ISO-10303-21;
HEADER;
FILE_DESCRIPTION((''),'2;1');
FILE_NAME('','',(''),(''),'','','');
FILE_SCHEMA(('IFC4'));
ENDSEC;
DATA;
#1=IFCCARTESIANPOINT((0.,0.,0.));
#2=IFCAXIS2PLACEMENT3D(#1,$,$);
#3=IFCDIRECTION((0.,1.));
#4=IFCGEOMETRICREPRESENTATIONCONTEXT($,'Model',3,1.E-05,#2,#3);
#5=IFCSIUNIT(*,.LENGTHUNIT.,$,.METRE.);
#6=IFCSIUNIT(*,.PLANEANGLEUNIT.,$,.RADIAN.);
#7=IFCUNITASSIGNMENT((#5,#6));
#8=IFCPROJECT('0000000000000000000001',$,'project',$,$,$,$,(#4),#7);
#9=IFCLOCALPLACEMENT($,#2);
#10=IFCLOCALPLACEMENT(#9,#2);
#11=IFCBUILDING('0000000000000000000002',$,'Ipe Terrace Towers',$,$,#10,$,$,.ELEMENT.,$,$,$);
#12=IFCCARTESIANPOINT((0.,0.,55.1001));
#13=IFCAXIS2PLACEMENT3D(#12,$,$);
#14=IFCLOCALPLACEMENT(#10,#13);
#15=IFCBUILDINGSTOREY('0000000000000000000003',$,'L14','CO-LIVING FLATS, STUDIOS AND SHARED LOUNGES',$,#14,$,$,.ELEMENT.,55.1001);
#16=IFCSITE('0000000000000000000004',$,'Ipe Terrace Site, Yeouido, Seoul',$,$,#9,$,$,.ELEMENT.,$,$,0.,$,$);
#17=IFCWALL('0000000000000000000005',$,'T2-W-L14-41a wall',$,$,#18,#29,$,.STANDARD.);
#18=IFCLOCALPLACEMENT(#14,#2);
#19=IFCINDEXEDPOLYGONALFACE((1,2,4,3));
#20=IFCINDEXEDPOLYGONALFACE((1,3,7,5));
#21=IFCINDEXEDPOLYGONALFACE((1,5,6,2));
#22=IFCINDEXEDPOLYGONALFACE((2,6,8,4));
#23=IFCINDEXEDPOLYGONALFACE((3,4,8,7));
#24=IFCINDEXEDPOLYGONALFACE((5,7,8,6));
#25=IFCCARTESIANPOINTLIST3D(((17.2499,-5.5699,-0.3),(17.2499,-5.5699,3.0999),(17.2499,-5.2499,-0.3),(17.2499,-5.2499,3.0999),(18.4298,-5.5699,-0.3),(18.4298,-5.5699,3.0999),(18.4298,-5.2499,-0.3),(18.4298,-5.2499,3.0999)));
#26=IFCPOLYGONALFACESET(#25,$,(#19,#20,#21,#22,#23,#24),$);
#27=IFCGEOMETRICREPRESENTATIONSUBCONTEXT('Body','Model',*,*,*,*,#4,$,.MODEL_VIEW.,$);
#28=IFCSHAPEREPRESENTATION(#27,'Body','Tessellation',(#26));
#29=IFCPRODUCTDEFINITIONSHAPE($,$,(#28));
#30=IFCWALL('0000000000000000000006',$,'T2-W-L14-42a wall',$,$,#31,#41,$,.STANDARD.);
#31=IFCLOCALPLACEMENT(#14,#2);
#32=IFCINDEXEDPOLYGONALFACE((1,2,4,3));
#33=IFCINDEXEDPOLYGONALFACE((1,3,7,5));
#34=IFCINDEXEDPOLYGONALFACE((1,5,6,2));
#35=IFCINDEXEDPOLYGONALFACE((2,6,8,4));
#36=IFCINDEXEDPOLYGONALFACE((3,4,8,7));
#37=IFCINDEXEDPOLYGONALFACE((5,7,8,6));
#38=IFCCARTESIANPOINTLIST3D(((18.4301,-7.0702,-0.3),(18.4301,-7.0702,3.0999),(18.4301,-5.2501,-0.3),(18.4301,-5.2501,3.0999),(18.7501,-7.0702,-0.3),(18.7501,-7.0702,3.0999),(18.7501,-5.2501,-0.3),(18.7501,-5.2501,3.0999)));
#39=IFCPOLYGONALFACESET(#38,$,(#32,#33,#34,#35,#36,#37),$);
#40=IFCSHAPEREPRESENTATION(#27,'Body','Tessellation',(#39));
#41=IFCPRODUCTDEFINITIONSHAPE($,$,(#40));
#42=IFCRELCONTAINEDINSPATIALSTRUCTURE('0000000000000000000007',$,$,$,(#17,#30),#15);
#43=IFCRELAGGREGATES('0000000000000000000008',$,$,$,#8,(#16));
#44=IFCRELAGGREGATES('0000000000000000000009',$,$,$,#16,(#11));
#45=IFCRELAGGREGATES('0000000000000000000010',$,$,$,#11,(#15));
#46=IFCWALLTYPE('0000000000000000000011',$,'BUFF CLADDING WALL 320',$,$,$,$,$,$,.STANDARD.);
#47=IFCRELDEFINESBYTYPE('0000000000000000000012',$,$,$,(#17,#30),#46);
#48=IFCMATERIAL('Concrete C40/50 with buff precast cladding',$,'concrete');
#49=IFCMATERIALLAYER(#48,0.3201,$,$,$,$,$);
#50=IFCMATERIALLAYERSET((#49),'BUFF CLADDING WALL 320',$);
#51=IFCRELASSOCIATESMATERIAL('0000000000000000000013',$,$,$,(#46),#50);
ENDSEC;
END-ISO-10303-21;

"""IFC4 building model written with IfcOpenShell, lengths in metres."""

from ifc_helpers import new_model, si_unit, direction, frame, frame_2d, origin, place, context, subcontext, project, spatial, rectangle, extrude, material, layer, layer_set, type_object, element, save


model = new_model("IFC4")

# Units and contexts
model_context = context("Model", 3, precision=1e-05, world=origin(), true_north=direction((0.0, 1.0)))
body_context = subcontext(model_context, "Body", "Model", "MODEL_VIEW")
ifc_project = project(units=[si_unit("LENGTHUNIT", "METRE"), si_unit("PLANEANGLEUNIT", "RADIAN")], contexts=[model_context])

# Site, building, storey
site_placement = place(None, origin())
site = spatial("IfcSite", under=ifc_project, at=site_placement, Name="Ipe Terrace Site, Yeouido, Seoul", CompositionType="ELEMENT", RefElevation=0.0)
building_placement = place(site_placement, origin())
building = spatial("IfcBuilding", under=site, at=building_placement, Name="Ipe Terrace Towers", CompositionType="ELEMENT")
storey_placement = place(building_placement, frame((0.0, 0.0, 55.1001)))
storey = spatial("IfcBuildingStorey", under=building, at=storey_placement, Name="L14", Description="CO-LIVING FLATS, STUDIOS AND SHARED LOUNGES", CompositionType="ELEMENT", Elevation=55.1001)

# Shared definitions
ifc_material_1 = material(Name="Concrete C40/50 with buff precast cladding", Category="concrete")
ifc_layer_1 = layer(ifc_material_1, 0.3201)
ifc_layer_set_1 = layer_set([ifc_layer_1], Name="BUFF CLADDING WALL 320")
wall_type = type_object("IfcWallType", Name="BUFF CLADDING WALL 320", PredefinedType="STANDARD", material=ifc_layer_set_1)

# Walls
wall_1_placement = place(storey_placement, frame((17.25, -5.4099, -0.3), z_axis=(0.0, 0.0, 1.0), x_axis=(1.0, 0.0, 0.0)))
element("IfcWall", 1, at=wall_1_placement, inside=storey, type_object=wall_type, Name="T2-W-L14-41a wall", PredefinedType="STANDARD", context=body_context, shape_type="SweptSolid", body=[
    extrude(rectangle(XDim=1.1799, YDim=0.3201, at=frame_2d((0.5898, 0.0))), origin(), (0.0, 0.0, 1.0), 3.3999),
])
wall_2_placement = place(storey_placement, frame((18.5901, -5.25, -0.3), z_axis=(0.0, 0.0, 1.0), x_axis=(0.0, -1.0, 0.0)))
element("IfcWall", 2, at=wall_2_placement, inside=storey, type_object=wall_type, Name="T2-W-L14-42a wall", PredefinedType="STANDARD", context=body_context, shape_type="SweptSolid", body=[
    extrude(rectangle(XDim=1.8201, YDim=0.3201, at=frame_2d((0.9102, 0.0))), origin(), (0.0, 0.0, 1.0), 3.3999),
])

save(model, "model.ifc")
